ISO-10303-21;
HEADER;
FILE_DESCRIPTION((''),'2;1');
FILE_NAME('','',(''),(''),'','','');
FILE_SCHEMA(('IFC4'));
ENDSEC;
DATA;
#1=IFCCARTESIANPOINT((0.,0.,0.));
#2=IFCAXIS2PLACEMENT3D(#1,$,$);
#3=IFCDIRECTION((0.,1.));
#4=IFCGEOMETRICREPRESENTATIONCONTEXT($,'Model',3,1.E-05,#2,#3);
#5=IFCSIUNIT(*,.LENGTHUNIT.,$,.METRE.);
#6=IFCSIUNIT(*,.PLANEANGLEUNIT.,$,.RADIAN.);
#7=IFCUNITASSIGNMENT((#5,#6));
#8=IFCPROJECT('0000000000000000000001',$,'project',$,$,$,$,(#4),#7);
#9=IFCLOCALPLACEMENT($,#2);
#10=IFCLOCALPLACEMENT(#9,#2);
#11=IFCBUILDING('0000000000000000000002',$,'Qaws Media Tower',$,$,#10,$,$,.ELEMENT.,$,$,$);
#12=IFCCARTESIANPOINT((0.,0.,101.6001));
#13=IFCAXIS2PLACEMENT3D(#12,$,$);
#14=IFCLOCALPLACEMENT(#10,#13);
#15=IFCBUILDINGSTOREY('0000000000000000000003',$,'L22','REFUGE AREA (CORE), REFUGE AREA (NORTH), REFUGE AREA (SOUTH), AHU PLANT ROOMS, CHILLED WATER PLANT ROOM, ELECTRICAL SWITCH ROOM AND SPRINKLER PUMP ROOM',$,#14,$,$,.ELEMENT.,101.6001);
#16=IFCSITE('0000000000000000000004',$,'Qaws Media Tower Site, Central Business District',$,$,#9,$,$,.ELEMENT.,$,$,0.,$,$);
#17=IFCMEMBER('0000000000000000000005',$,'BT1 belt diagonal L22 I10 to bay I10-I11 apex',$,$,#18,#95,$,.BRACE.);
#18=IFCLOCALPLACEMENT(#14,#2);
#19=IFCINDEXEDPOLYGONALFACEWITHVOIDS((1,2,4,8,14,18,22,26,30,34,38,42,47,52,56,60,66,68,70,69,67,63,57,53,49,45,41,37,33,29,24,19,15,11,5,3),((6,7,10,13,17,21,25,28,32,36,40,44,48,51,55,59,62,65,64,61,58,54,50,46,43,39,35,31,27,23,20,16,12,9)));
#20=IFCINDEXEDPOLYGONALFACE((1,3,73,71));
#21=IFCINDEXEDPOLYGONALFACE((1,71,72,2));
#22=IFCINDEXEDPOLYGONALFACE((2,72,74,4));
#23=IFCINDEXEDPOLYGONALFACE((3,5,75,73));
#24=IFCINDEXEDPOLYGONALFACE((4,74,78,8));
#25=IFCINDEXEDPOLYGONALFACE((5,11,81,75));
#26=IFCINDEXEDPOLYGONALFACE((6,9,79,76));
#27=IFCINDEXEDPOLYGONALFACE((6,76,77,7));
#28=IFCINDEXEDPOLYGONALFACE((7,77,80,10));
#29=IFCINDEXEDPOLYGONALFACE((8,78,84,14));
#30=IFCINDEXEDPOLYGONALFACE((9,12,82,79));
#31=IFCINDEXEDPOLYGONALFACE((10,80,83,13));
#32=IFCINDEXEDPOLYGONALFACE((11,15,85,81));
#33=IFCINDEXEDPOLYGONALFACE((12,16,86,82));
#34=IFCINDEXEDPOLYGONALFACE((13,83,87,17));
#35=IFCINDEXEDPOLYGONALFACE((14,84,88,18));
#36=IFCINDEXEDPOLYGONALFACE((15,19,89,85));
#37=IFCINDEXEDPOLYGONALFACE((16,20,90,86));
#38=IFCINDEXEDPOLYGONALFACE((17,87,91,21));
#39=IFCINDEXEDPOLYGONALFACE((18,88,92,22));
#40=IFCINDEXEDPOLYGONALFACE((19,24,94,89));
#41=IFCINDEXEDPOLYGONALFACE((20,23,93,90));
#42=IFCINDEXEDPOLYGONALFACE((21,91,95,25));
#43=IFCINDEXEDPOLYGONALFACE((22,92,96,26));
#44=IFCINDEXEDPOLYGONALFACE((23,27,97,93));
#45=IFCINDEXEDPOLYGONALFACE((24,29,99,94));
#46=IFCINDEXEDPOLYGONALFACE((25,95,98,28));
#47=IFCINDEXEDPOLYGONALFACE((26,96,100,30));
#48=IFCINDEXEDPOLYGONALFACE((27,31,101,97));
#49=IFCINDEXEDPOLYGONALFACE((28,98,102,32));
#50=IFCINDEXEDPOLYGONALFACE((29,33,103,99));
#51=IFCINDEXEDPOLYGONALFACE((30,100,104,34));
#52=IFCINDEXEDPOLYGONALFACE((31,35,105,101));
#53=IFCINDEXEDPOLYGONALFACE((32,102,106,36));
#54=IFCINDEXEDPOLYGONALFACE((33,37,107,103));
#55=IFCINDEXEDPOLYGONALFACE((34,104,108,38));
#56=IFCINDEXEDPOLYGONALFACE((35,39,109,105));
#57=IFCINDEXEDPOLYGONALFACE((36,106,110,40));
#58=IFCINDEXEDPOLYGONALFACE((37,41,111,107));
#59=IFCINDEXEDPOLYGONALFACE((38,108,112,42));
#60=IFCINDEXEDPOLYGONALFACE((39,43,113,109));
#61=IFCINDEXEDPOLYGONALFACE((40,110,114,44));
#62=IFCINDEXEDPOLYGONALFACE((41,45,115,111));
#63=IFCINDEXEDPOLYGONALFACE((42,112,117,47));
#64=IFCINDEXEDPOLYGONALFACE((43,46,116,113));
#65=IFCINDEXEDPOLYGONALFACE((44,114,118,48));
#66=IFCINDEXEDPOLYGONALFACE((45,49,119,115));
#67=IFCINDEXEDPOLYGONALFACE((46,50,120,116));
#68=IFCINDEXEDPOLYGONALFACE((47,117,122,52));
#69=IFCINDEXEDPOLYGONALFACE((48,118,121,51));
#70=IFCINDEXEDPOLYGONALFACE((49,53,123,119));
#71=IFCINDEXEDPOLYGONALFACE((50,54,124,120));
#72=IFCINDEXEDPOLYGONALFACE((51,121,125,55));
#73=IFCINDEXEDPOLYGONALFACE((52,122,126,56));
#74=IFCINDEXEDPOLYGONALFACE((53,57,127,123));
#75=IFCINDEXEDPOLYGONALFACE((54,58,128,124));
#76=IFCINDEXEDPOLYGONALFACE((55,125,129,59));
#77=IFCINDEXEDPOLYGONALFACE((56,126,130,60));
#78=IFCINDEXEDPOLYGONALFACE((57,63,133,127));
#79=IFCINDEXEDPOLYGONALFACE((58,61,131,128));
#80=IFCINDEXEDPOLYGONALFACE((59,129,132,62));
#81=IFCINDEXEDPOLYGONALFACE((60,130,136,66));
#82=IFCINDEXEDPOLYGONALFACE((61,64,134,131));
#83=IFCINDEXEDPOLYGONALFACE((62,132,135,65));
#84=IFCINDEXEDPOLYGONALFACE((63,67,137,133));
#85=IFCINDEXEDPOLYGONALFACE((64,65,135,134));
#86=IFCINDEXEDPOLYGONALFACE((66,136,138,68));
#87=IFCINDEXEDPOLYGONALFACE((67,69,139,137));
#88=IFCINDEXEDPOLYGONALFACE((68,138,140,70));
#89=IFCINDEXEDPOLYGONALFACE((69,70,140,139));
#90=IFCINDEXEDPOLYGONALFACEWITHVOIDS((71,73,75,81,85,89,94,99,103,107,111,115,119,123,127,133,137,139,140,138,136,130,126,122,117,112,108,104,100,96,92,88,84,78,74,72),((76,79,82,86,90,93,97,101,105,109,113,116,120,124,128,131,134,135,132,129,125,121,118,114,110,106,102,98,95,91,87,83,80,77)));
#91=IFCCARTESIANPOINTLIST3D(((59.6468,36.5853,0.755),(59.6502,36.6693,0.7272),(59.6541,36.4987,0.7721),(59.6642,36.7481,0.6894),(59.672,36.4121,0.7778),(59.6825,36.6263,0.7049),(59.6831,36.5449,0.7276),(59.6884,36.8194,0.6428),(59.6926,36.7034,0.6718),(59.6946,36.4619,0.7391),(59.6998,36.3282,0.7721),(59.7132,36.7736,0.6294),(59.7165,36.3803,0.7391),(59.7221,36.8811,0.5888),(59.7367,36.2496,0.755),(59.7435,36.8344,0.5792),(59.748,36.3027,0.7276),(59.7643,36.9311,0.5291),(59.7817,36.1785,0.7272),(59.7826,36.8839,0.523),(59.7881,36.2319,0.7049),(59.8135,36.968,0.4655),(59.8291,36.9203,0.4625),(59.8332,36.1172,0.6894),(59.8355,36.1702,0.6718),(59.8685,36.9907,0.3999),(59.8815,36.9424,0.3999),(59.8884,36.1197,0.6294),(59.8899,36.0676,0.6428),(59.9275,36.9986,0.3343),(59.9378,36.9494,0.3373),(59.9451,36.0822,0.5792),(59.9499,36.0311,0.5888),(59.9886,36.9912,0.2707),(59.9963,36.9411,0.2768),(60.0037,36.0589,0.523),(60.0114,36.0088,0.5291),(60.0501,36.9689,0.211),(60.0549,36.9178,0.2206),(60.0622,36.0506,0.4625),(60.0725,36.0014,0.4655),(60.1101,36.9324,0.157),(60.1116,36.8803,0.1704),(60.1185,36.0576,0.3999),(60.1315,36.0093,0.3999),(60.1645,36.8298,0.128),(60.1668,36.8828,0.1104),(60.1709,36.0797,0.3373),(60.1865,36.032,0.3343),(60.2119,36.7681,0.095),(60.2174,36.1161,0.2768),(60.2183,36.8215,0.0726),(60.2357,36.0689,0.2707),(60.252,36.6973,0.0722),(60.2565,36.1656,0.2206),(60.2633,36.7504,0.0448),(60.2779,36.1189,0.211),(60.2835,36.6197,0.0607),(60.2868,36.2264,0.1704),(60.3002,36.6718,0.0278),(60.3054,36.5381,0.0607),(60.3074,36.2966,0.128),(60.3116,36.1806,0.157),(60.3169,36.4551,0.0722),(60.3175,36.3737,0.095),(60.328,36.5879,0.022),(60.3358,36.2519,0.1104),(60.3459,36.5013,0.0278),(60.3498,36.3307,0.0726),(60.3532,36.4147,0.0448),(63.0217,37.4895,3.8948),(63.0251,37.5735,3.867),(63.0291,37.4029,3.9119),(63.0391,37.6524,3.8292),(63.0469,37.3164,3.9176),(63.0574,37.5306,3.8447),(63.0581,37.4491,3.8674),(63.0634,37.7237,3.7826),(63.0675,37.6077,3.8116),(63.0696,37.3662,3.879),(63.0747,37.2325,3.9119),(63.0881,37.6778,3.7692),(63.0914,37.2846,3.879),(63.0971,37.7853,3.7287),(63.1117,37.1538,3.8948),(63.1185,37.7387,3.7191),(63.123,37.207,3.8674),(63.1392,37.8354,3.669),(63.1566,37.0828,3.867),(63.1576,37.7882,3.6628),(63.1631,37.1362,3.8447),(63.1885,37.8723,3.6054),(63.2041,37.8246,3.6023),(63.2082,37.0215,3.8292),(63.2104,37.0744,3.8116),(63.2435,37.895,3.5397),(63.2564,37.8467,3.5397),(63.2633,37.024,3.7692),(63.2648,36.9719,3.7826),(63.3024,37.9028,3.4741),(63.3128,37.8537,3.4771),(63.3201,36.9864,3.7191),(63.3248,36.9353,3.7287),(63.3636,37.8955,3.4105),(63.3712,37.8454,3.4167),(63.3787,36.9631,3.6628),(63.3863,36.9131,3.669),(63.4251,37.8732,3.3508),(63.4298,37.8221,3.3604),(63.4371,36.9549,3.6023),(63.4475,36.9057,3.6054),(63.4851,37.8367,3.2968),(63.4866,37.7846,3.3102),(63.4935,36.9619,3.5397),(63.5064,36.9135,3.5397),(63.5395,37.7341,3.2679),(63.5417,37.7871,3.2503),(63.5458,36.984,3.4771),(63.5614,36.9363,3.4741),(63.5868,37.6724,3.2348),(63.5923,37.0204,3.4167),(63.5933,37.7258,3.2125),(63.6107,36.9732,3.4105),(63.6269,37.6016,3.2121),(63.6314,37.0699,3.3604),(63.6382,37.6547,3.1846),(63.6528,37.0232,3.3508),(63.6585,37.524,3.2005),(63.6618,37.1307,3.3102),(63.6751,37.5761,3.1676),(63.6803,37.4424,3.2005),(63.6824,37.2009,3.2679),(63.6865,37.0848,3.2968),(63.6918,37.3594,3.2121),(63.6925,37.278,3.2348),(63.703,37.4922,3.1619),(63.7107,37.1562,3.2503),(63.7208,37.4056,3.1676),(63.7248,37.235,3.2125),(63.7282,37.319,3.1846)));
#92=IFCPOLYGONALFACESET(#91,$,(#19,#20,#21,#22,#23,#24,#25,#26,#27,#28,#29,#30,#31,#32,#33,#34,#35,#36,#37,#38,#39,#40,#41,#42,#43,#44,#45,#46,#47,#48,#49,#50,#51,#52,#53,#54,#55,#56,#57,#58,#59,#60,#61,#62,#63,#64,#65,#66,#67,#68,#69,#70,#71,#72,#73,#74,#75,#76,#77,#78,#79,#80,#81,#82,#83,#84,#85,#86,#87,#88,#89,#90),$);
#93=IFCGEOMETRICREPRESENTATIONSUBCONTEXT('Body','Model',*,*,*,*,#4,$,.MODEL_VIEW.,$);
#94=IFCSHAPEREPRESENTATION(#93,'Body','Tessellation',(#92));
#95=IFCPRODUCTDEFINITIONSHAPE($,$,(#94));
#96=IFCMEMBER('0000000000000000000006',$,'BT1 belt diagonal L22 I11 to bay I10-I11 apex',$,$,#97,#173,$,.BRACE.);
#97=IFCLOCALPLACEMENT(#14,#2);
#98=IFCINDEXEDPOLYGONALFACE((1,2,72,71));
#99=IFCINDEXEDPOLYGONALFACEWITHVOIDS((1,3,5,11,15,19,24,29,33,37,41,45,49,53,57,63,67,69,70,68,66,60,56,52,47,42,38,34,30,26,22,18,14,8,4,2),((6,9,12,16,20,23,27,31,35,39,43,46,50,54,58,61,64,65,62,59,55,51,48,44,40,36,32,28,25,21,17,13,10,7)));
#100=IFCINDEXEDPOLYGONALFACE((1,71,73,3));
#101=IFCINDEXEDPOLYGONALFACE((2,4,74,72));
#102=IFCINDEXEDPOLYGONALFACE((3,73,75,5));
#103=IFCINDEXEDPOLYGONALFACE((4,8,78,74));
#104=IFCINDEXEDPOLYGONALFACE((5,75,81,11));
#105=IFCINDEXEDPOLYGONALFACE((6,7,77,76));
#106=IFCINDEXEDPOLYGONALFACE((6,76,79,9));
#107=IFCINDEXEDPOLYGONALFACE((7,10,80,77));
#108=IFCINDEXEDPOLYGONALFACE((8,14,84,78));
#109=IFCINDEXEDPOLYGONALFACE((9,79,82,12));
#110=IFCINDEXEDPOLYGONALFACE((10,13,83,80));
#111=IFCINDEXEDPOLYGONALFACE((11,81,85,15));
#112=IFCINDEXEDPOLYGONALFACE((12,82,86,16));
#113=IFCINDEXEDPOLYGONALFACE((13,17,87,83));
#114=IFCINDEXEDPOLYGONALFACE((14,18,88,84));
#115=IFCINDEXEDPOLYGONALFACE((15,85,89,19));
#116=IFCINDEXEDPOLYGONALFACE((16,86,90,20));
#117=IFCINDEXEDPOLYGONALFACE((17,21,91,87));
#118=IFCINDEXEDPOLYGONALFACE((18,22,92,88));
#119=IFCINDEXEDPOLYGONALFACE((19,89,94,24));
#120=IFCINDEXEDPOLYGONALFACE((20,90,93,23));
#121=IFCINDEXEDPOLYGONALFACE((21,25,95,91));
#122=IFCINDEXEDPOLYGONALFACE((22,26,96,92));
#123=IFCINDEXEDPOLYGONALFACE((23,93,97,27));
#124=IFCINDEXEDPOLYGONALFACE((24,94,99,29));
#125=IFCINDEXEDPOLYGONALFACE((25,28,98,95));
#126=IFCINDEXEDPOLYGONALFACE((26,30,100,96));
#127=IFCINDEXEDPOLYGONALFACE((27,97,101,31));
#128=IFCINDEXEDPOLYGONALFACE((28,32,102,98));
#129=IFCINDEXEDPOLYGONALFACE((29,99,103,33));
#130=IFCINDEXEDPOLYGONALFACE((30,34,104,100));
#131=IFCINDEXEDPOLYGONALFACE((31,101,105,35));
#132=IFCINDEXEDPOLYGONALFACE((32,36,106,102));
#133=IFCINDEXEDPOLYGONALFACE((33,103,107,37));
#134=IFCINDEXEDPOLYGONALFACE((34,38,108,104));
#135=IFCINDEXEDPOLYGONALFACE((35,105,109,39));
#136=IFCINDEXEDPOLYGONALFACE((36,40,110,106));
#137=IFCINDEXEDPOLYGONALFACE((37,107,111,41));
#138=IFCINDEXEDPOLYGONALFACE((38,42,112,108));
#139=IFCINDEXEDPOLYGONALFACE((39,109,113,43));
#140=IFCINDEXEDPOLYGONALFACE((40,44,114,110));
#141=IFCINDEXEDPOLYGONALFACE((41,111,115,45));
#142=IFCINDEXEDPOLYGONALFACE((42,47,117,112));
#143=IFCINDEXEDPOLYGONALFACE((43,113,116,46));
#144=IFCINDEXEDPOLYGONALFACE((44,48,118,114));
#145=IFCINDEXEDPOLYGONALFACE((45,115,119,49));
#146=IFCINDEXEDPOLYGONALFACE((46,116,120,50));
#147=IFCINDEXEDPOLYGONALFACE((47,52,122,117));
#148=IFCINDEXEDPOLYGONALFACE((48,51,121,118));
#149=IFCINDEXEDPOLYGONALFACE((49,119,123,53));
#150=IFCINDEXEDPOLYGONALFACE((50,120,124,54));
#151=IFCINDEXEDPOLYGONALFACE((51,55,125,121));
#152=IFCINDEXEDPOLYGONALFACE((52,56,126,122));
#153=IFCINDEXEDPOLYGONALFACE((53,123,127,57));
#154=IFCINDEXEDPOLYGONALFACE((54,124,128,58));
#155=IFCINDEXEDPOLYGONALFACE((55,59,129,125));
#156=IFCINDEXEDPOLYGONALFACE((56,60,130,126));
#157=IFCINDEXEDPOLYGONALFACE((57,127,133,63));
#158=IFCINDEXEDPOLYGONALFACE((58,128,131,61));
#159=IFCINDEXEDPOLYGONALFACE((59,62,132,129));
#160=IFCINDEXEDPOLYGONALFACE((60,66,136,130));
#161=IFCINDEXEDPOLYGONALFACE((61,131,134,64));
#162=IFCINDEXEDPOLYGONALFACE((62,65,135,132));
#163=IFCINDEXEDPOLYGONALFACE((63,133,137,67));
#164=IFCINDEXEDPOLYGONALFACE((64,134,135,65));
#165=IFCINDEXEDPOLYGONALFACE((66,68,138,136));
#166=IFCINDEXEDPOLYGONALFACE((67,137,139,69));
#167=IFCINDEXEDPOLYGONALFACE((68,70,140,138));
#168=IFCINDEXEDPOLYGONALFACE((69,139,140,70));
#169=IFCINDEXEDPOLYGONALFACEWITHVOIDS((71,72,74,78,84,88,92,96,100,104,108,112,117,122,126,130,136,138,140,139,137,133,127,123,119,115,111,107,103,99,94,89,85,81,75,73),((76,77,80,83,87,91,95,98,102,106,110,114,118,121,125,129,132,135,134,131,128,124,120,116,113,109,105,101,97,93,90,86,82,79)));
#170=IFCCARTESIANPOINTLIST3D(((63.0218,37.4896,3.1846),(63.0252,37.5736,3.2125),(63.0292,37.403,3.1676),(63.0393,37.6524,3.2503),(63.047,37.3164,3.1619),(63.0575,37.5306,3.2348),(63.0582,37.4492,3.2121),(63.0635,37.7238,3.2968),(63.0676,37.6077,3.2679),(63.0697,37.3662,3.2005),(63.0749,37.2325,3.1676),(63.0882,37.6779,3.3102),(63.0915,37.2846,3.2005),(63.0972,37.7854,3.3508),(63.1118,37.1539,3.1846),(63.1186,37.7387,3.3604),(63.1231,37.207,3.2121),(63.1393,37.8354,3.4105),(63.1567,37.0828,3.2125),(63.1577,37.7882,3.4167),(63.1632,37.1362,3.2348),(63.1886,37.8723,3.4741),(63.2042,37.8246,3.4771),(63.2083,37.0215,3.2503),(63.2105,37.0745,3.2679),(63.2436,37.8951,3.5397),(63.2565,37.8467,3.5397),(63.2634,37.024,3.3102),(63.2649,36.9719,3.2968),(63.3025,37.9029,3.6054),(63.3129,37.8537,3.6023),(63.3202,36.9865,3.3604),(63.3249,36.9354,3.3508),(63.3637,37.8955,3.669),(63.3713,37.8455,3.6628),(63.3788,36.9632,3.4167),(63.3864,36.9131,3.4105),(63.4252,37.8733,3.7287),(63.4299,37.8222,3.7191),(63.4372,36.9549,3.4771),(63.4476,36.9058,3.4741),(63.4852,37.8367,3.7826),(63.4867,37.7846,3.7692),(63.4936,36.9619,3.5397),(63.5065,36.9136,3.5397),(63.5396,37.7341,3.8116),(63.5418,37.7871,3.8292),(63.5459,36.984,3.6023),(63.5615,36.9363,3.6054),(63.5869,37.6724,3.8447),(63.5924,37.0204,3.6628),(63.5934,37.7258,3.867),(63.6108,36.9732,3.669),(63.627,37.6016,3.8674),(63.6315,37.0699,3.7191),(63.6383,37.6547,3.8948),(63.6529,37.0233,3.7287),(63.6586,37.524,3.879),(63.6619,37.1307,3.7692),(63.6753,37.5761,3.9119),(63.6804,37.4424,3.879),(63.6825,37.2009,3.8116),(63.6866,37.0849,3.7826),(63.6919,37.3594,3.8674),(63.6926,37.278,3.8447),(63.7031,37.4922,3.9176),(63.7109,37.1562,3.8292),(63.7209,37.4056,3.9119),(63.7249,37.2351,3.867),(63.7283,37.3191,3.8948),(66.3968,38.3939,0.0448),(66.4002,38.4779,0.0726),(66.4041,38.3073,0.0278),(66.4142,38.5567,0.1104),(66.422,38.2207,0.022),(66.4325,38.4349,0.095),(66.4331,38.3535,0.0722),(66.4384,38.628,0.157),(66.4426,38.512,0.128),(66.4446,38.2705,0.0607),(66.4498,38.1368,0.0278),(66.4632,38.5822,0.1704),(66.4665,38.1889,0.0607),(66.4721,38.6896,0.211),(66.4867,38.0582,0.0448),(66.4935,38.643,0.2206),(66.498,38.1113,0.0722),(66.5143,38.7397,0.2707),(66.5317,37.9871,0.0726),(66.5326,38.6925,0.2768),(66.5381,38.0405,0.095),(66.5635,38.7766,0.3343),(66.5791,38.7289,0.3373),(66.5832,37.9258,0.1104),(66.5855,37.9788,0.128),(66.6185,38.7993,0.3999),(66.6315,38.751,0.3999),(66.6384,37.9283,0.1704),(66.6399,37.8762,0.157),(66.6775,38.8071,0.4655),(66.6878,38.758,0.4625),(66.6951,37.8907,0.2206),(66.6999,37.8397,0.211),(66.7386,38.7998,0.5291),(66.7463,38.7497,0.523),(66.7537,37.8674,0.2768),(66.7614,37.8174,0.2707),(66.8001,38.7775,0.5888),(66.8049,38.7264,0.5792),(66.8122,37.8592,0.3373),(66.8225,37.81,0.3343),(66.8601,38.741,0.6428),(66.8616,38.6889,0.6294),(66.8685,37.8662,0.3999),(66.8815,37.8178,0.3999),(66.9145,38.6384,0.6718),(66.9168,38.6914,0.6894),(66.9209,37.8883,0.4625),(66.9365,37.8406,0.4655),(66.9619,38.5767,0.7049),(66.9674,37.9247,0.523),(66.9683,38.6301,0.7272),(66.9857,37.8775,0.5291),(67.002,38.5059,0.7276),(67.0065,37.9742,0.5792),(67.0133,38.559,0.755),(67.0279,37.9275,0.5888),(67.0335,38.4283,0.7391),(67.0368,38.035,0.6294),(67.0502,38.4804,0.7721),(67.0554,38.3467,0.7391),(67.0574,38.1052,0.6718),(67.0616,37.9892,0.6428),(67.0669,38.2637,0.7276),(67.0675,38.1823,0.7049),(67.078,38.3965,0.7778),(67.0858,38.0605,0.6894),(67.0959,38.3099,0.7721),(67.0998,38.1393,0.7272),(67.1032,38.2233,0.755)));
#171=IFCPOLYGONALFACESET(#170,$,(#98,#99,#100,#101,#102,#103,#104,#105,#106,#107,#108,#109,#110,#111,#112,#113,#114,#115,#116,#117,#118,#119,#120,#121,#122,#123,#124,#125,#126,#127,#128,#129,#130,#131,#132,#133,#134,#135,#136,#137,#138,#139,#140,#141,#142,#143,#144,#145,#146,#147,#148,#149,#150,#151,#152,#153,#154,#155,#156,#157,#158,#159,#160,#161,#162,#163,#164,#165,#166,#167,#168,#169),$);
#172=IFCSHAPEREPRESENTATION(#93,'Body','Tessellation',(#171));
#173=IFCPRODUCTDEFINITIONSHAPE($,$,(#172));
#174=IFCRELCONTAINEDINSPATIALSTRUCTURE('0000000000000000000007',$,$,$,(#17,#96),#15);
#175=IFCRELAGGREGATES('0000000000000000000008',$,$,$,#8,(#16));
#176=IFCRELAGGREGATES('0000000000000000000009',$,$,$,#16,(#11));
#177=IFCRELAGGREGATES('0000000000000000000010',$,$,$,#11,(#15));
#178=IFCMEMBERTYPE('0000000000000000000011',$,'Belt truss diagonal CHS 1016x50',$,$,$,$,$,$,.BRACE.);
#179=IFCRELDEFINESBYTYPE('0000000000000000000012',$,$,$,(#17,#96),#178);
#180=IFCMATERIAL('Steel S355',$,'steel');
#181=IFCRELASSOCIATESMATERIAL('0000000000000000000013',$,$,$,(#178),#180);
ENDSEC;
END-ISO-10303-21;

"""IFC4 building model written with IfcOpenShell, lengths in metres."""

from ifc_helpers import new_model, si_unit, direction, frame, origin, origin_2d, place, context, subcontext, project, spatial, hollow_circle, extrude, material, material_profile, profile_set, type_object, element, save


model = new_model("IFC4")

# Units and contexts
model_context = context("Model", 3, precision=1e-05, world=origin(), true_north=direction((0.0, 1.0)))
body_context = subcontext(model_context, "Body", "Model", "MODEL_VIEW")
ifc_project = project(units=[si_unit("LENGTHUNIT", "METRE"), si_unit("PLANEANGLEUNIT", "RADIAN")], contexts=[model_context])

# Site, building, storey
site_placement = place(None, origin())
site = spatial("IfcSite", under=ifc_project, at=site_placement, Name="Qaws Media Tower Site, Central Business District", CompositionType="ELEMENT", RefElevation=0.0)
building_placement = place(site_placement, origin())
building = spatial("IfcBuilding", under=site, at=building_placement, Name="Qaws Media Tower", CompositionType="ELEMENT")
storey_placement = place(building_placement, frame((0.0, 0.0, 101.6001)))
storey = spatial("IfcBuildingStorey", under=building, at=storey_placement, Name="L22", Description="REFUGE AREA (CORE), REFUGE AREA (NORTH), REFUGE AREA (SOUTH), AHU PLANT ROOMS, CHILLED WATER PLANT ROOM, ELECTRICAL SWITCH ROOM AND SPRINKLER PUMP ROOM", CompositionType="ELEMENT", Elevation=101.6001)

# Members
ifc_material_1 = material(Name="Steel S355", Category="steel")
ifc_material_profile_1 = material_profile(ifc_material_1, hollow_circle(Radius=0.5081, WallThickness=0.05, at=origin_2d()), Name="CHS 1016x50")
ifc_profile_set_1 = profile_set([ifc_material_profile_1], Name="Steel S355")
member_type_1 = type_object("IfcMemberType", Name="Belt truss diagonal CHS 1016x50", PredefinedType="BRACE", material=ifc_profile_set_1)
for number, where, z_axis, x_axis, name in (
    (1, (60.0, 36.5, 0.3999), (0.718454, 0.192503, 0.668406), (-0.258811, 0.965928, 0.0), "BT1 belt diagonal L22 I10 to bay I10-I11 apex"),
    (2, (66.75, 38.3086, 0.3999), (-0.718454, -0.192503, 0.668406), (0.258811, -0.965928, 0.0), "BT1 belt diagonal L22 I11 to bay I10-I11 apex"),
):
    element("IfcMember", number, at=place(storey_placement, frame(where, z_axis=z_axis, x_axis=x_axis)), inside=storey, type_object=member_type_1, Name=name, PredefinedType="BRACE", context=body_context, shape_type="SweptSolid", body=[
        extrude(hollow_circle(Radius=0.5081, WallThickness=0.05, at=origin_2d()), origin(), (0.0, 0.0, 1.0), 4.6975),
    ])

save(model, "model.ifc")
